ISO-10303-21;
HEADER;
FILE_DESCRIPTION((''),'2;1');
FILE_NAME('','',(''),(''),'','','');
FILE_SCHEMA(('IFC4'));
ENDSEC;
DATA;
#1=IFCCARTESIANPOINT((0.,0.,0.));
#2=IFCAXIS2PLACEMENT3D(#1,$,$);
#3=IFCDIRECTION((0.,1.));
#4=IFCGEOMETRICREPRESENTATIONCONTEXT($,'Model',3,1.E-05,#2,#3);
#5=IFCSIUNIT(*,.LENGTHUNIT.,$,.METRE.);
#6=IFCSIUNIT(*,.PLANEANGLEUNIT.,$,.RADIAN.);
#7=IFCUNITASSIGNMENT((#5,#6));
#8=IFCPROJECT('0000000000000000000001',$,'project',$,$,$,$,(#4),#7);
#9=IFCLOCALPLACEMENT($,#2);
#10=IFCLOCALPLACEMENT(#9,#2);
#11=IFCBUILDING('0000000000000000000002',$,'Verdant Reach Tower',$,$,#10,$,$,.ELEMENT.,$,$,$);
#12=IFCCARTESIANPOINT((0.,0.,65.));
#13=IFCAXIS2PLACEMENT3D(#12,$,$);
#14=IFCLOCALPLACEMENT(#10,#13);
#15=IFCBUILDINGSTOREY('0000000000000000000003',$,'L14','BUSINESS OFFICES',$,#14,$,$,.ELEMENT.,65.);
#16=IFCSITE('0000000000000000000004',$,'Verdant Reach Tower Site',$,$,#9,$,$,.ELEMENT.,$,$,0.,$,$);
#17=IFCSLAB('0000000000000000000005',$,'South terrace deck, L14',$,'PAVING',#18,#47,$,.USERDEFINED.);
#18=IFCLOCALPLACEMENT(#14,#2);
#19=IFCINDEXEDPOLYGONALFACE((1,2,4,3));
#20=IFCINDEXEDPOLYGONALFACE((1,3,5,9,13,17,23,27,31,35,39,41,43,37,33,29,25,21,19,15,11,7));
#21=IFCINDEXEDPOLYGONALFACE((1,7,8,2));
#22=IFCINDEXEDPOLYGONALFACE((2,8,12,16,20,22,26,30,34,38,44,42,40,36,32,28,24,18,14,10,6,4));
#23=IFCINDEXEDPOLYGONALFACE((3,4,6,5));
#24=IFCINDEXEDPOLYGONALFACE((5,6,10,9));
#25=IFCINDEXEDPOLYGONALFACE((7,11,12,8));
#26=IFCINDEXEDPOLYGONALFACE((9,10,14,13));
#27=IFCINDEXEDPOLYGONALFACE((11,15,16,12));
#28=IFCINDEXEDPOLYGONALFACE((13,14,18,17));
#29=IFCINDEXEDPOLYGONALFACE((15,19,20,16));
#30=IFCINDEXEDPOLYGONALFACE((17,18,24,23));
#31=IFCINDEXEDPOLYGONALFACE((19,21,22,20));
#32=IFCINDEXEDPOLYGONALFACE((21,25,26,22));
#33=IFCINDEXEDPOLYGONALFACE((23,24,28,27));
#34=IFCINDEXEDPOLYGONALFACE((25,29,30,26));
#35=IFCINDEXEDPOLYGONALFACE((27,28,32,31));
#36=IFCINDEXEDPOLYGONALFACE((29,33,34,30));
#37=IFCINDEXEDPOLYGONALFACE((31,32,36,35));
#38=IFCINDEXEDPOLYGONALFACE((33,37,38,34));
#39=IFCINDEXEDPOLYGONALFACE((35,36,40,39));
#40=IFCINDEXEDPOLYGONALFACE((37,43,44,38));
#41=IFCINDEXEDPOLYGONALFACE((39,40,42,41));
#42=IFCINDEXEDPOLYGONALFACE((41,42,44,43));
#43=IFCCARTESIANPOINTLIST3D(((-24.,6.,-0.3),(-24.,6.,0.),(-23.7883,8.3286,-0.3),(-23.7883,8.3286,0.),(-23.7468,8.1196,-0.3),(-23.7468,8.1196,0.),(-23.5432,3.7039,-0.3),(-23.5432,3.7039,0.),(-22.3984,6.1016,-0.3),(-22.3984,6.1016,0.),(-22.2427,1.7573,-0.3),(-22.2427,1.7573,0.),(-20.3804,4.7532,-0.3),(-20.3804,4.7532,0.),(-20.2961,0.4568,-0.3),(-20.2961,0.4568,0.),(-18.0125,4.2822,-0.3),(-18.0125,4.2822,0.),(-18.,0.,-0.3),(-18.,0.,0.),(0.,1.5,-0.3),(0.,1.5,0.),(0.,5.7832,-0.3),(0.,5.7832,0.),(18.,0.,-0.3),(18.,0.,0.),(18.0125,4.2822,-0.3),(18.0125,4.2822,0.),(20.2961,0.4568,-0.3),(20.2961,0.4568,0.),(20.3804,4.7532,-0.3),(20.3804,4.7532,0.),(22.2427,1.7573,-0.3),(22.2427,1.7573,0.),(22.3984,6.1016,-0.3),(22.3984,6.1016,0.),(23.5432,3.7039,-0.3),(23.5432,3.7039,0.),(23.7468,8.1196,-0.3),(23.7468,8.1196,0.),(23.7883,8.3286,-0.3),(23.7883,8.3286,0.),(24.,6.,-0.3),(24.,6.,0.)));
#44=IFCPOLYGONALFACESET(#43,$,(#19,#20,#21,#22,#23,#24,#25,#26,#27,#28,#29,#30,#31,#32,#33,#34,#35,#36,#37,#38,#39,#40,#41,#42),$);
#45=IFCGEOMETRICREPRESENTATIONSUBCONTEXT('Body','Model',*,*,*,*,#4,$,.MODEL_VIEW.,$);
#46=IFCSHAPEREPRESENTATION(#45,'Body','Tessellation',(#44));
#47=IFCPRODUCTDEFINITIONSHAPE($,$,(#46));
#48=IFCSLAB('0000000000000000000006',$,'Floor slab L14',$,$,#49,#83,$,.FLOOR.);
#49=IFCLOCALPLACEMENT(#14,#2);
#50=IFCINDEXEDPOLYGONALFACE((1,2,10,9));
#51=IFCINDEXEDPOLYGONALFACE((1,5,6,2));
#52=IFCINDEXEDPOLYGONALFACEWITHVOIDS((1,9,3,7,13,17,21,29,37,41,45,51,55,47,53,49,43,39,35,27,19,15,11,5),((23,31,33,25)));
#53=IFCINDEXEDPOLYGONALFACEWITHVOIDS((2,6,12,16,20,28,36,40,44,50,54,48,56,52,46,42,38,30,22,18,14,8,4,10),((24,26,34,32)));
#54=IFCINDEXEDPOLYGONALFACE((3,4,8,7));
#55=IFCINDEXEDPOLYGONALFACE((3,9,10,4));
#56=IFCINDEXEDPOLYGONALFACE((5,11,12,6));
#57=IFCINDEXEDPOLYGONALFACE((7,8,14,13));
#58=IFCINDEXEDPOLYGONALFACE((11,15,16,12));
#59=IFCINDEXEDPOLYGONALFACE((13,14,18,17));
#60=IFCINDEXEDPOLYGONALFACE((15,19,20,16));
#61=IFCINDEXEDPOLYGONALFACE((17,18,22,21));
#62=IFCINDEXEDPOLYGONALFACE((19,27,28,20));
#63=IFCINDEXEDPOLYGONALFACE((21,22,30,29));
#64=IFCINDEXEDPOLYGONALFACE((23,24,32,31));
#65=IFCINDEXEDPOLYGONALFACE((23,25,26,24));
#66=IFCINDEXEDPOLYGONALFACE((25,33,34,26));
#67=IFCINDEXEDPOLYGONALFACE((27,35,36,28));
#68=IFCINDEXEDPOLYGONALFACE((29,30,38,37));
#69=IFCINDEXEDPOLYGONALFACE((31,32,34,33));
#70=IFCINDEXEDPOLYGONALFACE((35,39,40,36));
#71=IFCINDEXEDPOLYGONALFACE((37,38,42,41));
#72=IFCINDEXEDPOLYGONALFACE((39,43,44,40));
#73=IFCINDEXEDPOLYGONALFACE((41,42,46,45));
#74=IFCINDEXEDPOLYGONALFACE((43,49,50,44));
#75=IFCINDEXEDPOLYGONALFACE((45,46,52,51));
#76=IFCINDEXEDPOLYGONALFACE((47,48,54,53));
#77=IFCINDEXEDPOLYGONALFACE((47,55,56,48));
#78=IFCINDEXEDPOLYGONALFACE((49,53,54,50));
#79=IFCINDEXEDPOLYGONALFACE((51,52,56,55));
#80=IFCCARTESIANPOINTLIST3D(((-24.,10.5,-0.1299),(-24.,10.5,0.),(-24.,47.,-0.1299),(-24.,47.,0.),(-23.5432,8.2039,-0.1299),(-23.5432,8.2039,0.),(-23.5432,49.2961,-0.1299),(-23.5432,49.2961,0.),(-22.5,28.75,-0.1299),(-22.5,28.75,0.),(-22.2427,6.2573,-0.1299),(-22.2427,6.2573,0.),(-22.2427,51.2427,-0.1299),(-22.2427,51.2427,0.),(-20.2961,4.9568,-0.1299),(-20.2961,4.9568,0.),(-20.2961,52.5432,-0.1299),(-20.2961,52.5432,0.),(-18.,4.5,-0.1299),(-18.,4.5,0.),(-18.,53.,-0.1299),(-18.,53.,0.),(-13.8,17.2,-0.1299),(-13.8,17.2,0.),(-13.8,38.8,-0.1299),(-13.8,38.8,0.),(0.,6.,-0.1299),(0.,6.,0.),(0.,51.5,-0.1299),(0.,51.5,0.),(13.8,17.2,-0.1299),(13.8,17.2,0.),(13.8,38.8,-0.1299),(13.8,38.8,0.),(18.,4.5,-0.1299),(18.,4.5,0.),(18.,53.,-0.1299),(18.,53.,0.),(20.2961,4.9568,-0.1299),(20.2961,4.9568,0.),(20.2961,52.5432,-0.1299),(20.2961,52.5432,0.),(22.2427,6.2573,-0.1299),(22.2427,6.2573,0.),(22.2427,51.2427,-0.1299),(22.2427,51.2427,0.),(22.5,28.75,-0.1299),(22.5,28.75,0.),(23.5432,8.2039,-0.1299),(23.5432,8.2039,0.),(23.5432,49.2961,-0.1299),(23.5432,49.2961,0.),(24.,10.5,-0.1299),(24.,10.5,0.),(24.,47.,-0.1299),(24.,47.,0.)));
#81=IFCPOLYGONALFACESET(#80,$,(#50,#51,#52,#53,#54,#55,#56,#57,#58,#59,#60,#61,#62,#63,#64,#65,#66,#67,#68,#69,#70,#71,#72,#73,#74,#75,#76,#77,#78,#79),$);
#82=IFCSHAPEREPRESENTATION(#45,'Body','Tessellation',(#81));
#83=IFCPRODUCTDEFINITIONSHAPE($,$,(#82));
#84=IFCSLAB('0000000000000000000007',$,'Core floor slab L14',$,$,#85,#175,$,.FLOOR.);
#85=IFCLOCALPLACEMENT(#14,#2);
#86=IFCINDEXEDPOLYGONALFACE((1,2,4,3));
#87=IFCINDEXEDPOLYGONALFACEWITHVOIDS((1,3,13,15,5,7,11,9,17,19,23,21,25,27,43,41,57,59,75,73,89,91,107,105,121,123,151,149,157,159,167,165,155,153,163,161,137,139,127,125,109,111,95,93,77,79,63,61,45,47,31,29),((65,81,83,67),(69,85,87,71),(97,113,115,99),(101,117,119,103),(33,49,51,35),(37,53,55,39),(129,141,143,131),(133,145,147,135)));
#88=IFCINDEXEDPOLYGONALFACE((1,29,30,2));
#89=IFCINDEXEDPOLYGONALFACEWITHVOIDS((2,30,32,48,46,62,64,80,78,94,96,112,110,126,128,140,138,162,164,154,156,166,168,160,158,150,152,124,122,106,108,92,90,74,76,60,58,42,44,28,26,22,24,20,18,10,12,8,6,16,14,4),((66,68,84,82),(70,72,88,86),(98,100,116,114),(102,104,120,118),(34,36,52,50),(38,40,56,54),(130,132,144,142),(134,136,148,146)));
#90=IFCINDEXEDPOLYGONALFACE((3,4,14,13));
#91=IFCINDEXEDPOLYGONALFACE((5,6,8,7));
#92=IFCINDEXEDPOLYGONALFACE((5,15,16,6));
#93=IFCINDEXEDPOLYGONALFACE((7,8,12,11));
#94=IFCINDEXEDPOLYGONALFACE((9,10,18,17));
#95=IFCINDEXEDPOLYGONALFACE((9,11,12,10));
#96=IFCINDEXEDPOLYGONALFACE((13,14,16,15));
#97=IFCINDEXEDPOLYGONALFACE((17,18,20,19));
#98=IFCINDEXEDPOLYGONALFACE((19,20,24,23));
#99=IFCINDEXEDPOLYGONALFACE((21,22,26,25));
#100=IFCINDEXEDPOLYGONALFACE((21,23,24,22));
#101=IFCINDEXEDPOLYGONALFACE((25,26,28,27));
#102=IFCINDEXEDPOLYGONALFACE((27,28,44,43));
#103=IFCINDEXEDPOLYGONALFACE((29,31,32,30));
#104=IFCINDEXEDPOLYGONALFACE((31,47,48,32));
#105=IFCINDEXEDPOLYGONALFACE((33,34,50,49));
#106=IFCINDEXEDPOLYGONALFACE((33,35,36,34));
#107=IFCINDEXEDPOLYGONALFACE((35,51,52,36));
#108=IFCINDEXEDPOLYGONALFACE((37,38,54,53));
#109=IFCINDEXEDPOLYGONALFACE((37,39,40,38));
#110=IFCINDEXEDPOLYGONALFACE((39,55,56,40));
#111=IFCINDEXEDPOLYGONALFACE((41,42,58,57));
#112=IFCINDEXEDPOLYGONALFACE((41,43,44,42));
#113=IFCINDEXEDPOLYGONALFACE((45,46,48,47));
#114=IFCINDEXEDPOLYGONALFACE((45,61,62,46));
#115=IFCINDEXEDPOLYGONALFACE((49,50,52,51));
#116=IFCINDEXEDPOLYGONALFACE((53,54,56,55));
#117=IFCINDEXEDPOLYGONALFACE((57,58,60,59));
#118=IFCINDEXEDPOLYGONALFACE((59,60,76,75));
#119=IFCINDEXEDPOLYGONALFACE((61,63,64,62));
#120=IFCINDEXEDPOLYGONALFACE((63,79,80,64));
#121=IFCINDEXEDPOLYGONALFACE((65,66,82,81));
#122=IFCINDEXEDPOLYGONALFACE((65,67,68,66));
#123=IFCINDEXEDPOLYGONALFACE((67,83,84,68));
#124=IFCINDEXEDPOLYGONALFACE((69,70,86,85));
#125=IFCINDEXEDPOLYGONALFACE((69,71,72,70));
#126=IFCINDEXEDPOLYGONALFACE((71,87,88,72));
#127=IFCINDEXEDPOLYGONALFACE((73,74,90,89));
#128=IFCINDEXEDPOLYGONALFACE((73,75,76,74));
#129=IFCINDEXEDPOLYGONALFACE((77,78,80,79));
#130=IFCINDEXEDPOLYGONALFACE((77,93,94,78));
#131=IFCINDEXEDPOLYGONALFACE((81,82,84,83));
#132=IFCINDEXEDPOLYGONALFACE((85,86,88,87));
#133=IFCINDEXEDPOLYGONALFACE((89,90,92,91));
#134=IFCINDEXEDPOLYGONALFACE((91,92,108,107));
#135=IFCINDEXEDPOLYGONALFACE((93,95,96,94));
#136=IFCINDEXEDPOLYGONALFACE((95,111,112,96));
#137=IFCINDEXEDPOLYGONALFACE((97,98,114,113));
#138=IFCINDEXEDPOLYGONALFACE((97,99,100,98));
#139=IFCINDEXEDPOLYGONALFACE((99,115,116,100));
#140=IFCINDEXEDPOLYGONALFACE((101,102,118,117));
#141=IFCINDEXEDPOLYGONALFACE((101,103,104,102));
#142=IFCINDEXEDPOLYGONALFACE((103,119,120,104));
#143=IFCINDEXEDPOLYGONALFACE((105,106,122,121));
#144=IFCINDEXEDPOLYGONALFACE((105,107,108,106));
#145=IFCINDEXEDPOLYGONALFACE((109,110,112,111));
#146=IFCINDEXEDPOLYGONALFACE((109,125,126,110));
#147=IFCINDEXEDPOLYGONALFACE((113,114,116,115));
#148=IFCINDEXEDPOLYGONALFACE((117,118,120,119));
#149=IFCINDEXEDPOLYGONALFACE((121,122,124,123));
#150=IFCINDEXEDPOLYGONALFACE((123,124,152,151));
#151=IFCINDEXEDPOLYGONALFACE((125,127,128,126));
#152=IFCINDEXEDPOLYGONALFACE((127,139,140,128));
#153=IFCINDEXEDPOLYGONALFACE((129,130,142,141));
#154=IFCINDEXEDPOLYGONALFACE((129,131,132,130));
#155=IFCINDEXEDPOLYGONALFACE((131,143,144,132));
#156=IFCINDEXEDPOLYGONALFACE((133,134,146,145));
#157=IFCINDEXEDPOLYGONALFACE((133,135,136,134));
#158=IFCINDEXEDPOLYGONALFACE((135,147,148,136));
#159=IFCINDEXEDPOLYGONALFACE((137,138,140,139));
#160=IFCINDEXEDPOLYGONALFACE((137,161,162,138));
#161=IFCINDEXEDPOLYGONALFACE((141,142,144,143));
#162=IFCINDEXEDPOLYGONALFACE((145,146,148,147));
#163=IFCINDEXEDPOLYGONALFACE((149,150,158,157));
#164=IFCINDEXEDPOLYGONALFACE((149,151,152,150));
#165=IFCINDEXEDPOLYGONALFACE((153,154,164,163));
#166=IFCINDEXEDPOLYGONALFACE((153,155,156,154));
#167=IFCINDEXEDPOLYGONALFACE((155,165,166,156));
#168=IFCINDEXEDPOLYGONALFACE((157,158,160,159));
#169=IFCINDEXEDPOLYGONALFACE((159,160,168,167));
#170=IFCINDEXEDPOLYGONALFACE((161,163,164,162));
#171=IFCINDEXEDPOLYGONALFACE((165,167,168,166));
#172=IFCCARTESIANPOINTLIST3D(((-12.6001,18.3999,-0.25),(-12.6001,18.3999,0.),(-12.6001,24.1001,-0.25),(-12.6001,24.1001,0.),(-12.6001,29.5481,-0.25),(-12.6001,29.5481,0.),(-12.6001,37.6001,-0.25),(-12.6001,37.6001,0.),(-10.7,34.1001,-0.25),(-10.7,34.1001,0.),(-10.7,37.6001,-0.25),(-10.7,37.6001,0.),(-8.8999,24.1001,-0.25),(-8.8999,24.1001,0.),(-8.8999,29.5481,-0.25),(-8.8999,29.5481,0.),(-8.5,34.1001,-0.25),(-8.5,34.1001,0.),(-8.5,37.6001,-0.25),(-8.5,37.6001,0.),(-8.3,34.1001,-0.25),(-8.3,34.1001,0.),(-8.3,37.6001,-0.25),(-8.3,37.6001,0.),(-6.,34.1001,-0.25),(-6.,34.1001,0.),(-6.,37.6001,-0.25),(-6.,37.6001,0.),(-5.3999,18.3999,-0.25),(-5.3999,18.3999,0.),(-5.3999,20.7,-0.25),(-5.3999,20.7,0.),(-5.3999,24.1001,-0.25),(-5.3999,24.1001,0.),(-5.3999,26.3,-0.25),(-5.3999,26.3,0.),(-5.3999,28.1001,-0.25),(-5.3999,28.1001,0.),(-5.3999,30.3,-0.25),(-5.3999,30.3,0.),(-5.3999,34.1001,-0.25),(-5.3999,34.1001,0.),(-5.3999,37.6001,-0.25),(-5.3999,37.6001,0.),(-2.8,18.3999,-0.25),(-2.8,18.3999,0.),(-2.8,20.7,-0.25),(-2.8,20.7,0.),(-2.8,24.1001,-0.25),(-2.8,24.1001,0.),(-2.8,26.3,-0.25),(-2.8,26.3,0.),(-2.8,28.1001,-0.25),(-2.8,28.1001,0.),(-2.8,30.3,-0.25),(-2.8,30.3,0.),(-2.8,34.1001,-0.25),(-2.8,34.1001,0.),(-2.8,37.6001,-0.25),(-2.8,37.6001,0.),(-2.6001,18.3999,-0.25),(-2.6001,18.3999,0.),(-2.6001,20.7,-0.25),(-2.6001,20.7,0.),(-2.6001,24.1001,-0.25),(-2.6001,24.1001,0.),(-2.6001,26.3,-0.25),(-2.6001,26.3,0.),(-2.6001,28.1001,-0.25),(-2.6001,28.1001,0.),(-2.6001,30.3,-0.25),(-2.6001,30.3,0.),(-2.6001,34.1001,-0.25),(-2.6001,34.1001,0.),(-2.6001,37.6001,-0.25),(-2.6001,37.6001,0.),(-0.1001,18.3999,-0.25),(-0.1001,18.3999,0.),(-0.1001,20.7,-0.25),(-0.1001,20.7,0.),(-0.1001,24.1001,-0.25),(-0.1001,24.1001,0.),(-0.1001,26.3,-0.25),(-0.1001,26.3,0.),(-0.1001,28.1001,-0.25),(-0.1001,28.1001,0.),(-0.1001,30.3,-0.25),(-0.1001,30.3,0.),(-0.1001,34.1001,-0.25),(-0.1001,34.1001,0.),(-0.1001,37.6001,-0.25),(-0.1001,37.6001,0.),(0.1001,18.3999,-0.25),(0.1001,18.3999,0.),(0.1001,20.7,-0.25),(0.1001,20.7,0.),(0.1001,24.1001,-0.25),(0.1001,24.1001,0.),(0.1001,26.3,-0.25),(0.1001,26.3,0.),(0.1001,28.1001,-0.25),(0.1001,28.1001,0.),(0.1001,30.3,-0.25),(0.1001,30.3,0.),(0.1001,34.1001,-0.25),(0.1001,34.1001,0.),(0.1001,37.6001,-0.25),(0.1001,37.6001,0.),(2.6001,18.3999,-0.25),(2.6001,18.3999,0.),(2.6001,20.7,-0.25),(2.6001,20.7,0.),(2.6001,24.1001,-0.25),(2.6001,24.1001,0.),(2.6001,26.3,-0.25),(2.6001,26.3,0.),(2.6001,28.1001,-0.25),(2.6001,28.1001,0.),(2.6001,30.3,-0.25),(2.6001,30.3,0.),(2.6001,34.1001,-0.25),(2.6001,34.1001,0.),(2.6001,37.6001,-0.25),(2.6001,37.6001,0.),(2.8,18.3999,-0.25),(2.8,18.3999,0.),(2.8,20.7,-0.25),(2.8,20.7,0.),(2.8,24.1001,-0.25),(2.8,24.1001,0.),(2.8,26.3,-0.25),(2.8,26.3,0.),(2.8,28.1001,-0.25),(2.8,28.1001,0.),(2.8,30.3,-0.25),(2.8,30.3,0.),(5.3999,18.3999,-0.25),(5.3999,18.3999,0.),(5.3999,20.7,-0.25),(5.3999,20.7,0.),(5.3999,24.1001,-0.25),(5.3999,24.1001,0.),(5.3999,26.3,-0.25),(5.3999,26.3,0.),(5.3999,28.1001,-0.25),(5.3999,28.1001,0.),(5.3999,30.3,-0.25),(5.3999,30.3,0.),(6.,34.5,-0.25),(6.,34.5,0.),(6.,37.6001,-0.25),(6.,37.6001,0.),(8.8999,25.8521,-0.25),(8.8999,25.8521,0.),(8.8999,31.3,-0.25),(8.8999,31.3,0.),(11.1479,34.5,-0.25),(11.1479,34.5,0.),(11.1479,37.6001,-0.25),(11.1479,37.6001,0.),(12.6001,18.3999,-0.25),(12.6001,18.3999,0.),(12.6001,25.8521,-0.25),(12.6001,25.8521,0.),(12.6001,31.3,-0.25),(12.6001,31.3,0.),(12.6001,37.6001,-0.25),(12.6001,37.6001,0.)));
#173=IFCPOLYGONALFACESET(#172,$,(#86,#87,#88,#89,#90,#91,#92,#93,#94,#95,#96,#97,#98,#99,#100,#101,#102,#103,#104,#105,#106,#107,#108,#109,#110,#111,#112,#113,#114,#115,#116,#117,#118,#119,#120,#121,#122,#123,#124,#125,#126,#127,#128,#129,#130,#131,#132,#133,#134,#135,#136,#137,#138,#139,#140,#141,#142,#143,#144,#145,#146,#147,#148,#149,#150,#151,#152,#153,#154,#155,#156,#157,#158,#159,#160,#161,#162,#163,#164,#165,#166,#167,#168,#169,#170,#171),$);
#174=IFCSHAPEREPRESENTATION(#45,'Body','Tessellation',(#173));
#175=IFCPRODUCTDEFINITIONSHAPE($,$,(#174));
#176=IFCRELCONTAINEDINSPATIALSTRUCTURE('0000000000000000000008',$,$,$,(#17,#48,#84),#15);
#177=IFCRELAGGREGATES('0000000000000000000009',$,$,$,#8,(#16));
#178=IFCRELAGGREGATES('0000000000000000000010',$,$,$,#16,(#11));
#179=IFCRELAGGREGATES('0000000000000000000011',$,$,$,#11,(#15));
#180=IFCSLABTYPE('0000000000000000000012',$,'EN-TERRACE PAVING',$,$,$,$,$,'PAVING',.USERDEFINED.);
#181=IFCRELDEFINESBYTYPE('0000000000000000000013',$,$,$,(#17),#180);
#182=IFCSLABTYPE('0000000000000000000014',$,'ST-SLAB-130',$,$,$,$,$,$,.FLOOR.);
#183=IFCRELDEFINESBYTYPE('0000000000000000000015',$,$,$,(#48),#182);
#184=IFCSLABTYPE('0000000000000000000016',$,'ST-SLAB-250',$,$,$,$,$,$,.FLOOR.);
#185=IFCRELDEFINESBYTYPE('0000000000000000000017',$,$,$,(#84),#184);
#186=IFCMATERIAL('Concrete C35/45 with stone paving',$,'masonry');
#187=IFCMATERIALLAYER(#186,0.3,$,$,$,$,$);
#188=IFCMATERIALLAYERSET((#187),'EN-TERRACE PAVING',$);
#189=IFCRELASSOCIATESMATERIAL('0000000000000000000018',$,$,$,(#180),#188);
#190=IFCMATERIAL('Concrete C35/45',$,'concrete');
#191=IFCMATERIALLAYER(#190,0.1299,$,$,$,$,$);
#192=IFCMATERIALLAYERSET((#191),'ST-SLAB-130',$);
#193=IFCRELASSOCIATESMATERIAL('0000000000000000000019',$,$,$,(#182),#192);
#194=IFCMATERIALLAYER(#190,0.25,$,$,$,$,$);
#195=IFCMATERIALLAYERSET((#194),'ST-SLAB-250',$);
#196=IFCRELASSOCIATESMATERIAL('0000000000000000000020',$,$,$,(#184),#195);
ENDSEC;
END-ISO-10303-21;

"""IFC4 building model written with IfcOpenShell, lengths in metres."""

from ifc_helpers import new_model, si_unit, direction, frame, origin, place, context, subcontext, project, spatial, polyline, outline, extrude, material, layer, layer_set, type_object, element, save


model = new_model("IFC4")

# Units and contexts
model_context = context("Model", 3, precision=1e-05, world=origin(), true_north=direction((0.0, 1.0)))
body_context = subcontext(model_context, "Body", "Model", "MODEL_VIEW")
ifc_project = project(units=[si_unit("LENGTHUNIT", "METRE"), si_unit("PLANEANGLEUNIT", "RADIAN")], contexts=[model_context])

# Site, building, storey
site_placement = place(None, origin())
site = spatial("IfcSite", under=ifc_project, at=site_placement, Name="Verdant Reach Tower Site", CompositionType="ELEMENT", RefElevation=0.0)
building_placement = place(site_placement, origin())
building = spatial("IfcBuilding", under=site, at=building_placement, Name="Verdant Reach Tower", CompositionType="ELEMENT")
storey_placement = place(building_placement, frame((0.0, 0.0, 65.0)))
storey = spatial("IfcBuildingStorey", under=building, at=storey_placement, Name="L14", Description="BUSINESS OFFICES", CompositionType="ELEMENT", Elevation=65.0)

# Slabs
ifc_material_1 = material(Name="Concrete C35/45 with stone paving", Category="masonry")
ifc_layer_1 = layer(ifc_material_1, 0.3)
ifc_layer_set_1 = layer_set([ifc_layer_1], Name="EN-TERRACE PAVING")
slab_type_1 = type_object("IfcSlabType", Name="EN-TERRACE PAVING", ElementType="PAVING", PredefinedType="USERDEFINED", material=ifc_layer_set_1)
slab_1_placement = place(storey_placement, frame((0.0, 0.0, -0.3)))
element("IfcSlab", 1, at=slab_1_placement, inside=storey, type_object=slab_type_1, Name="South terrace deck, L14", ObjectType="PAVING", PredefinedType="USERDEFINED", context=body_context, shape_type="SweptSolid", body=[
    extrude(outline(polyline([(24.0, 6.0), (23.5432, 3.7039), (22.2427, 1.7573), (20.2961, 0.4568), (18.0, 0.0), (0.0, 1.5), (-18.0, 0.0), (-20.2961, 0.4568), (-22.2427, 1.7573), (-23.5432, 3.7039), (-24.0, 6.0), (-23.7883, 8.3286), (-23.7468, 8.1196), (-22.3984, 6.1016), (-20.3804, 4.7532), (-18.0125, 4.2822), (0.0, 5.7832), (18.0125, 4.2822), (20.3804, 4.7532), (22.3984, 6.1016), (23.7468, 8.1196), (23.7883, 8.3286), (24.0, 6.0)])), origin(), (0.0, 0.0, 1.0), 0.3),
])
ifc_material_2 = material(Name="Concrete C35/45", Category="concrete")
ifc_layer_2 = layer(ifc_material_2, 0.1299)
ifc_layer_set_2 = layer_set([ifc_layer_2], Name="ST-SLAB-130")
slab_type_2 = type_object("IfcSlabType", Name="ST-SLAB-130", PredefinedType="FLOOR", material=ifc_layer_set_2)
slab_2_placement = place(storey_placement, frame((0.0, 0.0, -0.1299)))
element("IfcSlab", 2, at=slab_2_placement, inside=storey, type_object=slab_type_2, Name="Floor slab L14", PredefinedType="FLOOR", context=body_context, shape_type="SweptSolid", body=[
    extrude(outline(polyline([(0.0, 6.0), (-18.0, 4.5), (-20.2961, 4.9568), (-22.2427, 6.2573), (-23.5432, 8.2039), (-24.0, 10.5), (-22.5, 28.75), (-24.0, 47.0), (-23.5432, 49.2961), (-22.2427, 51.2427), (-20.2961, 52.5432), (-18.0, 53.0), (0.0, 51.5), (18.0, 53.0), (20.2961, 52.5432), (22.2427, 51.2427), (23.5432, 49.2961), (24.0, 47.0), (22.5, 28.75), (24.0, 10.5), (23.5432, 8.2039), (22.2427, 6.2573), (20.2961, 4.9568), (18.0, 4.5), (0.0, 6.0)]), holes=[polyline([(13.8, 38.8), (-13.8, 38.8), (-13.8, 17.2), (13.8, 17.2), (13.8, 38.8)])]), origin(), (0.0, 0.0, 1.0), 0.1299),
])
ifc_layer_3 = layer(ifc_material_2, 0.25)
ifc_layer_set_3 = layer_set([ifc_layer_3], Name="ST-SLAB-250")
slab_type_3 = type_object("IfcSlabType", Name="ST-SLAB-250", PredefinedType="FLOOR", material=ifc_layer_set_3)
slab_3_placement = place(storey_placement, frame((0.0, 0.0, -0.25)))
element("IfcSlab", 3, at=slab_3_placement, inside=storey, type_object=slab_type_3, Name="Core floor slab L14", PredefinedType="FLOOR", context=body_context, shape_type="SweptSolid", body=[
    extrude(outline(polyline([(12.6001, 18.3999), (5.3999, 18.3999), (5.3999, 20.7), (2.8, 20.7), (2.8, 18.3999), (2.6001, 18.3999), (2.6001, 20.7), (0.1001, 20.7), (0.1001, 18.3999), (-0.1001, 18.3999), (-0.1001, 20.7), (-2.6001, 20.7), (-2.6001, 18.3999), (-2.8, 18.3999), (-2.8, 20.7), (-5.3999, 20.7), (-5.3999, 18.3999), (-12.6001, 18.3999), (-12.6001, 24.1001), (-8.8999, 24.1001), (-8.8999, 29.5481), (-12.6001, 29.5481), (-12.6001, 37.6001), (-10.7, 37.6001), (-10.7, 34.1001), (-8.5, 34.1001), (-8.5, 37.6001), (-8.3, 37.6001), (-8.3, 34.1001), (-6.0, 34.1001), (-6.0, 37.6001), (-5.3999, 37.6001), (-5.3999, 34.1001), (-2.8, 34.1001), (-2.8, 37.6001), (-2.6001, 37.6001), (-2.6001, 34.1001), (-0.1001, 34.1001), (-0.1001, 37.6001), (0.1001, 37.6001), (0.1001, 34.1001), (2.6001, 34.1001), (2.6001, 37.6001), (6.0, 37.6001), (6.0, 34.5), (11.1479, 34.5), (11.1479, 37.6001), (12.6001, 37.6001), (12.6001, 31.3), (8.8999, 31.3), (8.8999, 25.8521), (12.6001, 25.8521), (12.6001, 18.3999)]), holes=[polyline([(-2.8, 24.1001), (-2.8, 26.3), (-5.3999, 26.3), (-5.3999, 24.1001), (-2.8, 24.1001)]), polyline([(-2.6001, 24.1001), (-0.1001, 24.1001), (-0.1001, 26.3), (-2.6001, 26.3), (-2.6001, 24.1001)]), polyline([(-2.8, 28.1001), (-2.8, 30.3), (-5.3999, 30.3), (-5.3999, 28.1001), (-2.8, 28.1001)]), polyline([(-0.1001, 28.1001), (-0.1001, 30.3), (-2.6001, 30.3), (-2.6001, 28.1001), (-0.1001, 28.1001)]), polyline([(2.6001, 24.1001), (2.6001, 26.3), (0.1001, 26.3), (0.1001, 24.1001), (2.6001, 24.1001)]), polyline([(2.8, 24.1001), (5.3999, 24.1001), (5.3999, 26.3), (2.8, 26.3), (2.8, 24.1001)]), polyline([(2.6001, 28.1001), (2.6001, 30.3), (0.1001, 30.3), (0.1001, 28.1001), (2.6001, 28.1001)]), polyline([(5.3999, 28.1001), (5.3999, 30.3), (2.8, 30.3), (2.8, 28.1001), (5.3999, 28.1001)])]), origin(), (0.0, 0.0, 1.0), 0.25),
])

save(model, "model.ifc")
